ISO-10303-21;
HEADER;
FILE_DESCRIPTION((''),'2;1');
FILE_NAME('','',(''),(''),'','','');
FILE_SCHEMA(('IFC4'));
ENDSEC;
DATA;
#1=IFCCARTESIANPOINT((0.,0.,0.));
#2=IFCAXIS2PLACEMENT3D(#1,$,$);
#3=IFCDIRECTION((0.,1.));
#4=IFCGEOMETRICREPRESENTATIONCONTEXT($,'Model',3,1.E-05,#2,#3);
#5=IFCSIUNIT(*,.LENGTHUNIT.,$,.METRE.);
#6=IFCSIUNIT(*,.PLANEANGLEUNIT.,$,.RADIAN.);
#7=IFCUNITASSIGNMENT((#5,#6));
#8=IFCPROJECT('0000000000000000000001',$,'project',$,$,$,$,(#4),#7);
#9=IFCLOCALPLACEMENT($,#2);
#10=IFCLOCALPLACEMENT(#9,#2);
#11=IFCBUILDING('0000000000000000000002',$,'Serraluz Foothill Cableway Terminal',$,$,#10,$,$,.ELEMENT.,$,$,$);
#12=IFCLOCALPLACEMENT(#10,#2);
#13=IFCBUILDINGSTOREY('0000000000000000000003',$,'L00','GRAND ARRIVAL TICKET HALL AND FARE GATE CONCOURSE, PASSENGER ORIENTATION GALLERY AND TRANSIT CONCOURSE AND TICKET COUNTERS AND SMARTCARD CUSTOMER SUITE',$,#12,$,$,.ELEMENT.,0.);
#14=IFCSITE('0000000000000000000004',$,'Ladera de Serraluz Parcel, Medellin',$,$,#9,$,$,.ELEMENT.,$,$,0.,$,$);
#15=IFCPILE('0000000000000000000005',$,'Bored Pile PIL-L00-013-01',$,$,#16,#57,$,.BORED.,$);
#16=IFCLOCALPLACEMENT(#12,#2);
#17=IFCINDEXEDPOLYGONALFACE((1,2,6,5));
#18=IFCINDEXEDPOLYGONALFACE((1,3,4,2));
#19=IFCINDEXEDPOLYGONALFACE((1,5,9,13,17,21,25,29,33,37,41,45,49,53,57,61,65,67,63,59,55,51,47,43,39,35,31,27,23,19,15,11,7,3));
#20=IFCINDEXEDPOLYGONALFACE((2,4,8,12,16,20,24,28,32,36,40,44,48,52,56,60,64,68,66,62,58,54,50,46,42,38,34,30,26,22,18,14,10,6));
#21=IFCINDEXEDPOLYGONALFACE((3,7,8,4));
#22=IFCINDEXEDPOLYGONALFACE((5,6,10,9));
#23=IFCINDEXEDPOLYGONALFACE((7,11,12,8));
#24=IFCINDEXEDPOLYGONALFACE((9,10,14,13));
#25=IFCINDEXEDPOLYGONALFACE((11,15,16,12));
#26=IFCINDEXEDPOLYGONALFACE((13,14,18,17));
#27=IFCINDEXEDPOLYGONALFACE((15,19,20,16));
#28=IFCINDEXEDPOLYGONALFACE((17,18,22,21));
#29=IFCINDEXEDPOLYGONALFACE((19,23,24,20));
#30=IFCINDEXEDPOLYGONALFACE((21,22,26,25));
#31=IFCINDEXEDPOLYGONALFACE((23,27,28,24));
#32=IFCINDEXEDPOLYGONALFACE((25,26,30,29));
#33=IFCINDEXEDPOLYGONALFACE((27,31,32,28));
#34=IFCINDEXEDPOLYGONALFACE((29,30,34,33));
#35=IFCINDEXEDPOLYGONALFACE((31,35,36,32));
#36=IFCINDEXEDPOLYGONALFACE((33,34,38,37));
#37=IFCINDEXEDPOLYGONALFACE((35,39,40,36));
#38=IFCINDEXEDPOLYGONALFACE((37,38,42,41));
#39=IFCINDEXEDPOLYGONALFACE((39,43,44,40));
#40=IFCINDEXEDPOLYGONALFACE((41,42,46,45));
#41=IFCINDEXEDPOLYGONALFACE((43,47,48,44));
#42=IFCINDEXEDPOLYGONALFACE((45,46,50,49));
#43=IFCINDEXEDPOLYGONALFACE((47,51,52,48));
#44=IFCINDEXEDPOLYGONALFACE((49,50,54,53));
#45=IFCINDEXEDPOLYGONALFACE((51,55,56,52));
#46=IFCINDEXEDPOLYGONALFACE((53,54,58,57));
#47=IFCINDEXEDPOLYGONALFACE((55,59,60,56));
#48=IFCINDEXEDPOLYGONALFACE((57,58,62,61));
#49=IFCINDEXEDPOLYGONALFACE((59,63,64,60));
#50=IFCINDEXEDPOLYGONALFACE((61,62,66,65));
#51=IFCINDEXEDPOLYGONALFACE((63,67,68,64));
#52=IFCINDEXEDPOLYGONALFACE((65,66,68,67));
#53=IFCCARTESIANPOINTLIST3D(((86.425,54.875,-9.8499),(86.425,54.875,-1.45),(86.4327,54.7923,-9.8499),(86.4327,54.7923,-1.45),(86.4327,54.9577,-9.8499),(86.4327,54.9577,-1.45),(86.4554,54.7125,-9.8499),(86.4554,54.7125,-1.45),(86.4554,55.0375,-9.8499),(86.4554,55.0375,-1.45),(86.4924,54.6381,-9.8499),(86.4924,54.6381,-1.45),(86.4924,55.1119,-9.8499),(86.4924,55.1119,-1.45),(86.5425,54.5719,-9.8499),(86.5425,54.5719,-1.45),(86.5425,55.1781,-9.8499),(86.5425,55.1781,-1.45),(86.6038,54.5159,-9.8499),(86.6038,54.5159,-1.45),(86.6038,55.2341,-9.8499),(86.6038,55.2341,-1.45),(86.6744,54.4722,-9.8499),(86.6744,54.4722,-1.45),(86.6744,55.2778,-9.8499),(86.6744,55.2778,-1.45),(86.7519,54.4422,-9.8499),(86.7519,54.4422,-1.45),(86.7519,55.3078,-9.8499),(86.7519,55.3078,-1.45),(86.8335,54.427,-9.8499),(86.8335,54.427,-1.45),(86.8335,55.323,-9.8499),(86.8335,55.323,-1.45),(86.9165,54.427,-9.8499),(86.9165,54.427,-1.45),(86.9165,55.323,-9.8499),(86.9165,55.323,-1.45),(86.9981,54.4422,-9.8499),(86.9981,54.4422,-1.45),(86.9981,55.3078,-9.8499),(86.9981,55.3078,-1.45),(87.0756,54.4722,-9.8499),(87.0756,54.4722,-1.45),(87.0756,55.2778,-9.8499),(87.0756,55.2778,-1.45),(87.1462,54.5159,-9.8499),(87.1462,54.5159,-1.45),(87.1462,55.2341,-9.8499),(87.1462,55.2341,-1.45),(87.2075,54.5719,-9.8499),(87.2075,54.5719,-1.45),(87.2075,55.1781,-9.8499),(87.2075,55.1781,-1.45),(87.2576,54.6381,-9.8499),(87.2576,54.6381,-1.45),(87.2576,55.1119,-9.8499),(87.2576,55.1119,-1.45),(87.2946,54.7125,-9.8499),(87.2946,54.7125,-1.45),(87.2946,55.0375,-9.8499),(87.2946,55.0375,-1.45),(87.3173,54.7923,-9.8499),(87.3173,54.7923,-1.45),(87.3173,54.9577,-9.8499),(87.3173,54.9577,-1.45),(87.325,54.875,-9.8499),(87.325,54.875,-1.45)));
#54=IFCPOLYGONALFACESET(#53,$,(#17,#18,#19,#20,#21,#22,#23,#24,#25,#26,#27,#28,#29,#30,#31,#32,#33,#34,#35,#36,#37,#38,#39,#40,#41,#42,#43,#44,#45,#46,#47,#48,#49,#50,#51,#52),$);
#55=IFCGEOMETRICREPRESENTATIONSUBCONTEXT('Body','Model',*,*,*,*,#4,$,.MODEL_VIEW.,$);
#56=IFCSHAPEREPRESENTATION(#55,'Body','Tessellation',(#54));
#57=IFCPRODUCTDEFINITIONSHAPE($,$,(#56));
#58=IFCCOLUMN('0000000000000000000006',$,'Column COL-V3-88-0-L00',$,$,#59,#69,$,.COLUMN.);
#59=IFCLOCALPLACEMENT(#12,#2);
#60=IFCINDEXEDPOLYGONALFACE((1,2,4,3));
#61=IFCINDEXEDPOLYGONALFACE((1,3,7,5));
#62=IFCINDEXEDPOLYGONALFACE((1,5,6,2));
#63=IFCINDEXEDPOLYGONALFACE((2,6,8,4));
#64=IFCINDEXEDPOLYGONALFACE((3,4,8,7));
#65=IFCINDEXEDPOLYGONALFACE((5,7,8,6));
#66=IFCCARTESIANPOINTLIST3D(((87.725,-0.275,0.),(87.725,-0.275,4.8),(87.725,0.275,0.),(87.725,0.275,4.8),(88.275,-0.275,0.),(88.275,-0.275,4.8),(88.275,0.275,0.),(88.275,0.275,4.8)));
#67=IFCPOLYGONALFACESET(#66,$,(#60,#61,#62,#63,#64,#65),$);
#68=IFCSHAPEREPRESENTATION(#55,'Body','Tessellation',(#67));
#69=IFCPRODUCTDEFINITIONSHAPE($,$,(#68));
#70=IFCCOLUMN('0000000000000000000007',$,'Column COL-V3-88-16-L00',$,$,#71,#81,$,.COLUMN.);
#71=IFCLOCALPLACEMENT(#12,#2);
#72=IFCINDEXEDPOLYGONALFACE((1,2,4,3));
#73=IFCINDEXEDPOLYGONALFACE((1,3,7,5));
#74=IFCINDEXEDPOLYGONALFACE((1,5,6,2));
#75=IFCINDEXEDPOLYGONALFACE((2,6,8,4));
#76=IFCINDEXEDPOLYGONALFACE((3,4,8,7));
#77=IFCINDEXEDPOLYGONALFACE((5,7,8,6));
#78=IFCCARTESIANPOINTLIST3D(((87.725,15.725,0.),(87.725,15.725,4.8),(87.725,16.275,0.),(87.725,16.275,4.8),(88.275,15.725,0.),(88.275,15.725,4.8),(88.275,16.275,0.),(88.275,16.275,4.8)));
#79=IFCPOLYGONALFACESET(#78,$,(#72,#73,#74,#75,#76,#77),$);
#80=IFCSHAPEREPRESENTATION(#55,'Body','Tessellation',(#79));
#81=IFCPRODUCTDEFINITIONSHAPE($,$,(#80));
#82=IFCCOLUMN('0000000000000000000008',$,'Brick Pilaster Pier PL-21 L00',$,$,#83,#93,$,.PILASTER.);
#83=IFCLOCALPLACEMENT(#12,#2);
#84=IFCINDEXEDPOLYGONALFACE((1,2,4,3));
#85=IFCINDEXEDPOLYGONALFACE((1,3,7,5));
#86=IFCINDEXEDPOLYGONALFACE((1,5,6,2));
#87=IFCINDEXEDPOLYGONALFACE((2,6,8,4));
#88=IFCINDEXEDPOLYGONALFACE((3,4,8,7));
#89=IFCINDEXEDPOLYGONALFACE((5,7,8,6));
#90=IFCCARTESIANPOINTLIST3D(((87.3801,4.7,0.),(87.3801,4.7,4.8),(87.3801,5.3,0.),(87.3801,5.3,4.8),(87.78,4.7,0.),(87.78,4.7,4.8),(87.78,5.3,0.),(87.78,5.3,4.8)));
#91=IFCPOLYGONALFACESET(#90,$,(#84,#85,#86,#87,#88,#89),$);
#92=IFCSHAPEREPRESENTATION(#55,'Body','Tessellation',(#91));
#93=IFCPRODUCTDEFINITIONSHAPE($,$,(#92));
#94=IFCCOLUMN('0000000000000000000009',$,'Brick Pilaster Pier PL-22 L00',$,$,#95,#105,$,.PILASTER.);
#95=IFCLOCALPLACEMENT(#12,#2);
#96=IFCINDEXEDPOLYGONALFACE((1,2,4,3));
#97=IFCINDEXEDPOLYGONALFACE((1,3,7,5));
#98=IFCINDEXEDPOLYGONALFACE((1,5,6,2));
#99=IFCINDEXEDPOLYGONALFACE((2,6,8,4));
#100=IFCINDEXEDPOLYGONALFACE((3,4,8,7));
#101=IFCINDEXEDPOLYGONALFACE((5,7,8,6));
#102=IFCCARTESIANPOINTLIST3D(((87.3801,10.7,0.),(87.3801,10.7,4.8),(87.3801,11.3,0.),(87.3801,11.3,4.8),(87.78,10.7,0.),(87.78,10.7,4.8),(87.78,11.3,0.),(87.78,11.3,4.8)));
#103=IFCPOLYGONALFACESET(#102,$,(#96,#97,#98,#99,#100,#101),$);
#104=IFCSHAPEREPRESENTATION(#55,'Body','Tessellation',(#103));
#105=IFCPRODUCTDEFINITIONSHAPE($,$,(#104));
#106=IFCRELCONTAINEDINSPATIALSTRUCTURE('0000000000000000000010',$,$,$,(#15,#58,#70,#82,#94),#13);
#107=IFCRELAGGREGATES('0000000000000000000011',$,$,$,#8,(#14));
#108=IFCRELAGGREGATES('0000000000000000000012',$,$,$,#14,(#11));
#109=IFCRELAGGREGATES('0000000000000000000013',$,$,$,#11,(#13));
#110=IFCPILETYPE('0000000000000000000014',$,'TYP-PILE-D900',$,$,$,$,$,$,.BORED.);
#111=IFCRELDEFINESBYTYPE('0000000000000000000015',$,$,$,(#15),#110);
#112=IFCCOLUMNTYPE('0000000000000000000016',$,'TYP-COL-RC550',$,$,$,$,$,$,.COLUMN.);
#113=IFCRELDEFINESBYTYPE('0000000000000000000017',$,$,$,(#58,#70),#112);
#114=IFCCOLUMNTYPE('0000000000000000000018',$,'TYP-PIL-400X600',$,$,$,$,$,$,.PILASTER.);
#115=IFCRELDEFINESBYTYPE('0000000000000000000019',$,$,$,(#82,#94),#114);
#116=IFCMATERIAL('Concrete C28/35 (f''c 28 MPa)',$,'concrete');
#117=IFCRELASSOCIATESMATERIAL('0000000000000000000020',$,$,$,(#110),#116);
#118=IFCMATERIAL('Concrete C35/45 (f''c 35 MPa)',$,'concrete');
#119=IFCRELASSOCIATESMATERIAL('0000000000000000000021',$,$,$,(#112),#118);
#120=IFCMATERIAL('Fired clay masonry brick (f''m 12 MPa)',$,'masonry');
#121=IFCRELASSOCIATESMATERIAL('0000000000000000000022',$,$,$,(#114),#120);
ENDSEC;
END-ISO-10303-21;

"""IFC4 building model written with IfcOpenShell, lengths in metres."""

from ifc_helpers import new_model, si_unit, direction, frame, origin, origin_2d, place, context, subcontext, project, spatial, rectangle, circle, extrude, material, material_profile, profile_set, type_object, element, save


model = new_model("IFC4")

# Units and contexts
model_context = context("Model", 3, precision=1e-05, world=origin(), true_north=direction((0.0, 1.0)))
body_context = subcontext(model_context, "Body", "Model", "MODEL_VIEW")
ifc_project = project(units=[si_unit("LENGTHUNIT", "METRE"), si_unit("PLANEANGLEUNIT", "RADIAN")], contexts=[model_context])

# Site, building, storey
site_placement = place(None, origin())
site = spatial("IfcSite", under=ifc_project, at=site_placement, Name="Ladera de Serraluz Parcel, Medellin", CompositionType="ELEMENT", RefElevation=0.0)
building_placement = place(site_placement, origin())
building = spatial("IfcBuilding", under=site, at=building_placement, Name="Serraluz Foothill Cableway Terminal", CompositionType="ELEMENT")
storey_placement = place(building_placement, origin())
storey = spatial("IfcBuildingStorey", under=building, at=storey_placement, Name="L00", Description="GRAND ARRIVAL TICKET HALL AND FARE GATE CONCOURSE, PASSENGER ORIENTATION GALLERY AND TRANSIT CONCOURSE AND TICKET COUNTERS AND SMARTCARD CUSTOMER SUITE", CompositionType="ELEMENT", Elevation=0.0)

# Shared definitions
ifc_material_1 = material(Name="Concrete C35/45 (f'c 35 MPa)", Category="concrete")

# Pile
ifc_material_2 = material(Name="Concrete C28/35 (f'c 28 MPa)", Category="concrete")
ifc_material_profile_1 = material_profile(ifc_material_2, circle(Radius=0.45, at=origin_2d()), Name="BORED PILE D900")
ifc_profile_set_1 = profile_set([ifc_material_profile_1], Name="Concrete C28/35 (f'c 28 MPa)")
pile_type_1 = type_object("IfcPileType", Name="TYP-PILE-D900", PredefinedType="BORED", material=ifc_profile_set_1)
for number, where, z_axis, x_axis, name in (
    (1, (86.875, 54.875, -1.45), (0.0, 0.0, -1.0), (1.0, 0.0, 0.0), "Bored Pile PIL-L00-013-01"),
):
    element("IfcPile", number, at=place(storey_placement, frame(where, z_axis=z_axis, x_axis=x_axis)), inside=storey, type_object=pile_type_1, Name=name, PredefinedType="BORED", context=body_context, shape_type="SweptSolid", body=[
        extrude(circle(Radius=0.45, at=origin_2d()), origin(), (0.0, 0.0, 1.0), 8.3999),
    ])

# Columns
ifc_material_profile_2 = material_profile(ifc_material_1, rectangle(XDim=0.55, YDim=0.55, at=origin_2d()), Name="RC 550x550")
ifc_profile_set_2 = profile_set([ifc_material_profile_2], Name="Concrete C35/45 (f'c 35 MPa)")
column_type_1 = type_object("IfcColumnType", Name="TYP-COL-RC550", PredefinedType="COLUMN", material=ifc_profile_set_2)
for number, where, z_axis, x_axis, name in (
    (2, (88.0, 0.0, 0.0), (0.0, 0.0, 1.0), (1.0, 0.0, 0.0), "Column COL-V3-88-0-L00"),
    (3, (88.0, 16.0, 0.0), (0.0, 0.0, 1.0), (1.0, 0.0, 0.0), "Column COL-V3-88-16-L00"),
):
    element("IfcColumn", number, at=place(storey_placement, frame(where, z_axis=z_axis, x_axis=x_axis)), inside=storey, type_object=column_type_1, Name=name, PredefinedType="COLUMN", context=body_context, shape_type="SweptSolid", body=[
        extrude(rectangle(XDim=0.55, YDim=0.55, at=origin_2d()), origin(), (0.0, 0.0, 1.0), 4.8),
    ])
ifc_material_3 = material(Name="Fired clay masonry brick (f'm 12 MPa)", Category="masonry")
ifc_material_profile_3 = material_profile(ifc_material_3, rectangle(XDim=0.3999, YDim=0.6001, at=origin_2d()), Name="PIL 400x600")
ifc_profile_set_3 = profile_set([ifc_material_profile_3], Name="Fired clay masonry brick (f'm 12 MPa)")
column_type_2 = type_object("IfcColumnType", Name="TYP-PIL-400X600", PredefinedType="PILASTER", material=ifc_profile_set_3)
for number, where, z_axis, x_axis, name in (
    (4, (87.5801, 5.0, 0.0), (0.0, 0.0, 1.0), (1.0, 0.0, 0.0), "Brick Pilaster Pier PL-21 L00"),
    (5, (87.5801, 11.0, 0.0), (0.0, 0.0, 1.0), (1.0, 0.0, 0.0), "Brick Pilaster Pier PL-22 L00"),
):
    element("IfcColumn", number, at=place(storey_placement, frame(where, z_axis=z_axis, x_axis=x_axis)), inside=storey, type_object=column_type_2, Name=name, PredefinedType="PILASTER", context=body_context, shape_type="SweptSolid", body=[
        extrude(rectangle(XDim=0.3999, YDim=0.6001, at=origin_2d()), origin(), (0.0, 0.0, 1.0), 4.8),
    ])

save(model, "model.ifc")
